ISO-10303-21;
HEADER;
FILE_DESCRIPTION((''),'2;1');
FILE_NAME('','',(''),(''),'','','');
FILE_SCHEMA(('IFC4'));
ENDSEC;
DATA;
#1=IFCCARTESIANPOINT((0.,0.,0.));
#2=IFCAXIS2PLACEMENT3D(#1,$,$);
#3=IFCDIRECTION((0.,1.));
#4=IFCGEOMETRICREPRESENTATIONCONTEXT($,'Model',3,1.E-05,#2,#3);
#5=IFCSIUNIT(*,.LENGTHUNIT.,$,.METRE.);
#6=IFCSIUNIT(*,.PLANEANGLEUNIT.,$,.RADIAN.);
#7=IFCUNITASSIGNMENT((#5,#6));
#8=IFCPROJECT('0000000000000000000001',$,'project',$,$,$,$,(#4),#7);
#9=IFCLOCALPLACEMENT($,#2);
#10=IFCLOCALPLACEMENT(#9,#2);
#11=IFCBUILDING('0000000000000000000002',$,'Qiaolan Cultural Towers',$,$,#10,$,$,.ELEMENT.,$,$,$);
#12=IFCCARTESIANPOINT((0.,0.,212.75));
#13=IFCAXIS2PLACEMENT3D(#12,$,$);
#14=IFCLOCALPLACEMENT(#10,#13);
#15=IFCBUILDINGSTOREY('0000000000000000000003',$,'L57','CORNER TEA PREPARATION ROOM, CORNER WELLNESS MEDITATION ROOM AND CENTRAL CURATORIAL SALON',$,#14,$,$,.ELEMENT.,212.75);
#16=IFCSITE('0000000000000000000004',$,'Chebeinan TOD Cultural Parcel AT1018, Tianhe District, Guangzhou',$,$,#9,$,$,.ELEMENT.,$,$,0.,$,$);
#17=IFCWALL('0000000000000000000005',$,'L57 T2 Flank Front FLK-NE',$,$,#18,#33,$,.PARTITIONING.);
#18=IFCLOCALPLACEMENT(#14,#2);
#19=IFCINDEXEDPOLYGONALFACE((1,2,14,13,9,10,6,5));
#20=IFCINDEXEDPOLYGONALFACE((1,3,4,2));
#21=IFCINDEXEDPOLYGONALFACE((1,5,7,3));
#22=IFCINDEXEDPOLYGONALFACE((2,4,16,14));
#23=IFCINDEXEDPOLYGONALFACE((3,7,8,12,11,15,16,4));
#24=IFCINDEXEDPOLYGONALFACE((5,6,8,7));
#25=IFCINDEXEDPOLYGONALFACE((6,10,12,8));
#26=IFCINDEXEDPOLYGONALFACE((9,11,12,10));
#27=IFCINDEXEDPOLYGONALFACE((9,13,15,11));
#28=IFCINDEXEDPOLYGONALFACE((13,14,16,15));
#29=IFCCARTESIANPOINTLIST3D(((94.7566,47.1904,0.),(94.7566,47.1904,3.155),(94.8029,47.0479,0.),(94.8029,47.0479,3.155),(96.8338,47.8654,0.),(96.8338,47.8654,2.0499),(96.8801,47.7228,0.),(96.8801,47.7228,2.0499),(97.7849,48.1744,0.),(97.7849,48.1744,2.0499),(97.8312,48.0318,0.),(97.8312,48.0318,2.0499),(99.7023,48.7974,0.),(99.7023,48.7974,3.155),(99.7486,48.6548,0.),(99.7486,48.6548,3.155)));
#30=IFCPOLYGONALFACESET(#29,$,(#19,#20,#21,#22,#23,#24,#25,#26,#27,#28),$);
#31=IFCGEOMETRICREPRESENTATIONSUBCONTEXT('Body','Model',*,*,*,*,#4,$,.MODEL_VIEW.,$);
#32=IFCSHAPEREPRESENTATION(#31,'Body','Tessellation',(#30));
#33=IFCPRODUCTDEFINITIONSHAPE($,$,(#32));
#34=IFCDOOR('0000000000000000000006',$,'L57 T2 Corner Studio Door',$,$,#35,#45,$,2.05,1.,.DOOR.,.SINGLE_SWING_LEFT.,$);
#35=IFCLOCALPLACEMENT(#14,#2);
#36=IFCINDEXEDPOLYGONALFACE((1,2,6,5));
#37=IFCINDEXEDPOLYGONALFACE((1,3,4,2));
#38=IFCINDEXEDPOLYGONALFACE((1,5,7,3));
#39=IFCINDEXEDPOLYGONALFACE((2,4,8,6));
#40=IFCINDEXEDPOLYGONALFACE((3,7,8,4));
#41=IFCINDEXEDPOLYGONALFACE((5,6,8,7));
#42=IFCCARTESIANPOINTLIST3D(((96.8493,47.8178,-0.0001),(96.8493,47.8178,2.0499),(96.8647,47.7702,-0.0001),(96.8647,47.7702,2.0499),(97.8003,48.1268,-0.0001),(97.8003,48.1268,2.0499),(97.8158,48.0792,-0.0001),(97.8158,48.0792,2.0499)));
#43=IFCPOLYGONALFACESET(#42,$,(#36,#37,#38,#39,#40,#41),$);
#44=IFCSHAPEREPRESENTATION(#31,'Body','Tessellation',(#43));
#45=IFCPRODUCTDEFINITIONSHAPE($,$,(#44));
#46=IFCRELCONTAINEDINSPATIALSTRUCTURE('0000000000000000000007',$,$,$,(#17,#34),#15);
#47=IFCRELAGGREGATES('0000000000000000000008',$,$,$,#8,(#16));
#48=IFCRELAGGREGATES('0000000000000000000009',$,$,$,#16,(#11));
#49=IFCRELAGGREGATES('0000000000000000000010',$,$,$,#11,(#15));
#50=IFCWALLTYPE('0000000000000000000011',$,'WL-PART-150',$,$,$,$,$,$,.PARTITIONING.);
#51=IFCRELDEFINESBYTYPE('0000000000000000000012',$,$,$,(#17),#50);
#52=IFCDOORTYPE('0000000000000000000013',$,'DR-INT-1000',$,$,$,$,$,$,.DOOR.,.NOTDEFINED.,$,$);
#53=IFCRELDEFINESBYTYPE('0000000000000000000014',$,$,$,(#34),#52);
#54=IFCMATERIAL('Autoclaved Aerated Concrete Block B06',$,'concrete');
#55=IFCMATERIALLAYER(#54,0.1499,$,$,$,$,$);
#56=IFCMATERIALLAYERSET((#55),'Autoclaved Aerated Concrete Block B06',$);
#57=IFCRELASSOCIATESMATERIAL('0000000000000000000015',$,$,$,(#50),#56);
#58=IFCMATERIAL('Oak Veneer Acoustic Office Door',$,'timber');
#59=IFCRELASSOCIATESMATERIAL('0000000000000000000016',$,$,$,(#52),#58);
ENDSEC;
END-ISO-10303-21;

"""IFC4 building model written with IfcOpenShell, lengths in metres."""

from ifc_helpers import new_model, si_unit, direction, frame, frame_2d, origin, place, context, subcontext, project, spatial, rectangle, extrude, material, layer, layer_set, type_object, element, fill, save


model = new_model("IFC4")

# Units and contexts
model_context = context("Model", 3, precision=1e-05, world=origin(), true_north=direction((0.0, 1.0)))
body_context = subcontext(model_context, "Body", "Model", "MODEL_VIEW")
ifc_project = project(units=[si_unit("LENGTHUNIT", "METRE"), si_unit("PLANEANGLEUNIT", "RADIAN")], contexts=[model_context])

# Site, building, storey
site_placement = place(None, origin())
site = spatial("IfcSite", under=ifc_project, at=site_placement, Name="Chebeinan TOD Cultural Parcel AT1018, Tianhe District, Guangzhou", CompositionType="ELEMENT", RefElevation=0.0)
building_placement = place(site_placement, origin())
building = spatial("IfcBuilding", under=site, at=building_placement, Name="Qiaolan Cultural Towers", CompositionType="ELEMENT")
storey_placement = place(building_placement, frame((0.0, 0.0, 212.75)))
storey = spatial("IfcBuildingStorey", under=building, at=storey_placement, Name="L57", Description="CORNER TEA PREPARATION ROOM, CORNER WELLNESS MEDITATION ROOM AND CENTRAL CURATORIAL SALON", CompositionType="ELEMENT", Elevation=212.75)

# Shared definitions
ifc_material_1 = material(Name="Autoclaved Aerated Concrete Block B06", Category="concrete")
ifc_layer_1 = layer(ifc_material_1, 0.1499)
ifc_layer_set_1 = layer_set([ifc_layer_1], Name="Autoclaved Aerated Concrete Block B06")
wall_type_1 = type_object("IfcWallType", Name="WL-PART-150", PredefinedType="PARTITIONING", material=ifc_layer_set_1)

# Wall, opening, door
wall_1_placement = place(storey_placement, frame((94.7798, 47.1191, 0.0), z_axis=(0.0, 0.0, 1.0), x_axis=(0.951055, 0.309021, 0.0)))
wall_1 = element("IfcWall", 1, at=wall_1_placement, inside=storey, type_object=wall_type_1, Name="L57 T2 Flank Front FLK-NE", PredefinedType="PARTITIONING", context=body_context, shape_type="SweptSolid", body=[
    extrude(rectangle(XDim=5.2002, YDim=0.1499, at=frame_2d((2.6001, 0.0))), origin(), (0.0, 0.0, 1.0), 3.155),
])
opening_1_placement = place(wall_1_placement, frame((2.1841, 0.0, 0.0)))
opening_1 = element("IfcOpeningElement", 2, at=opening_1_placement, cuts=wall_1, PredefinedType="OPENING", context=body_context, shape_type="SweptSolid", body=[
    extrude(rectangle(XDim=1.0, YDim=2.05, at=frame_2d((0.5, 1.0249))), frame((0.0, 0.085, 0.0), z_axis=(0.0, -1.0, 0.0), x_axis=(1.0, 0.0, 0.0)), (0.0, 0.0, 1.0), 0.1699),
])
ifc_material_2 = material(Name="Oak Veneer Acoustic Office Door", Category="timber")
door_type = type_object("IfcDoorType", Name="DR-INT-1000", OperationType="NOTDEFINED", PredefinedType="DOOR", material=ifc_material_2)
door_placement = place(opening_1_placement, origin())
door = element("IfcDoor", 3, at=door_placement, inside=storey, type_object=door_type, Name="L57 T2 Corner Studio Door", OperationType="SINGLE_SWING_LEFT", OverallHeight=2.05, OverallWidth=1.0, PredefinedType="DOOR", context=body_context, shape_type="SweptSolid", body=[
    extrude(rectangle(XDim=1.0, YDim=2.05, at=frame_2d((0.5, 1.0249))), frame((0.0, 0.0249, 0.0), z_axis=(0.0, -1.0, 0.0), x_axis=(1.0, 0.0, 0.0)), (0.0, 0.0, 1.0), 0.05),
])
fill(opening_1, door)

save(model, "model.ifc")
